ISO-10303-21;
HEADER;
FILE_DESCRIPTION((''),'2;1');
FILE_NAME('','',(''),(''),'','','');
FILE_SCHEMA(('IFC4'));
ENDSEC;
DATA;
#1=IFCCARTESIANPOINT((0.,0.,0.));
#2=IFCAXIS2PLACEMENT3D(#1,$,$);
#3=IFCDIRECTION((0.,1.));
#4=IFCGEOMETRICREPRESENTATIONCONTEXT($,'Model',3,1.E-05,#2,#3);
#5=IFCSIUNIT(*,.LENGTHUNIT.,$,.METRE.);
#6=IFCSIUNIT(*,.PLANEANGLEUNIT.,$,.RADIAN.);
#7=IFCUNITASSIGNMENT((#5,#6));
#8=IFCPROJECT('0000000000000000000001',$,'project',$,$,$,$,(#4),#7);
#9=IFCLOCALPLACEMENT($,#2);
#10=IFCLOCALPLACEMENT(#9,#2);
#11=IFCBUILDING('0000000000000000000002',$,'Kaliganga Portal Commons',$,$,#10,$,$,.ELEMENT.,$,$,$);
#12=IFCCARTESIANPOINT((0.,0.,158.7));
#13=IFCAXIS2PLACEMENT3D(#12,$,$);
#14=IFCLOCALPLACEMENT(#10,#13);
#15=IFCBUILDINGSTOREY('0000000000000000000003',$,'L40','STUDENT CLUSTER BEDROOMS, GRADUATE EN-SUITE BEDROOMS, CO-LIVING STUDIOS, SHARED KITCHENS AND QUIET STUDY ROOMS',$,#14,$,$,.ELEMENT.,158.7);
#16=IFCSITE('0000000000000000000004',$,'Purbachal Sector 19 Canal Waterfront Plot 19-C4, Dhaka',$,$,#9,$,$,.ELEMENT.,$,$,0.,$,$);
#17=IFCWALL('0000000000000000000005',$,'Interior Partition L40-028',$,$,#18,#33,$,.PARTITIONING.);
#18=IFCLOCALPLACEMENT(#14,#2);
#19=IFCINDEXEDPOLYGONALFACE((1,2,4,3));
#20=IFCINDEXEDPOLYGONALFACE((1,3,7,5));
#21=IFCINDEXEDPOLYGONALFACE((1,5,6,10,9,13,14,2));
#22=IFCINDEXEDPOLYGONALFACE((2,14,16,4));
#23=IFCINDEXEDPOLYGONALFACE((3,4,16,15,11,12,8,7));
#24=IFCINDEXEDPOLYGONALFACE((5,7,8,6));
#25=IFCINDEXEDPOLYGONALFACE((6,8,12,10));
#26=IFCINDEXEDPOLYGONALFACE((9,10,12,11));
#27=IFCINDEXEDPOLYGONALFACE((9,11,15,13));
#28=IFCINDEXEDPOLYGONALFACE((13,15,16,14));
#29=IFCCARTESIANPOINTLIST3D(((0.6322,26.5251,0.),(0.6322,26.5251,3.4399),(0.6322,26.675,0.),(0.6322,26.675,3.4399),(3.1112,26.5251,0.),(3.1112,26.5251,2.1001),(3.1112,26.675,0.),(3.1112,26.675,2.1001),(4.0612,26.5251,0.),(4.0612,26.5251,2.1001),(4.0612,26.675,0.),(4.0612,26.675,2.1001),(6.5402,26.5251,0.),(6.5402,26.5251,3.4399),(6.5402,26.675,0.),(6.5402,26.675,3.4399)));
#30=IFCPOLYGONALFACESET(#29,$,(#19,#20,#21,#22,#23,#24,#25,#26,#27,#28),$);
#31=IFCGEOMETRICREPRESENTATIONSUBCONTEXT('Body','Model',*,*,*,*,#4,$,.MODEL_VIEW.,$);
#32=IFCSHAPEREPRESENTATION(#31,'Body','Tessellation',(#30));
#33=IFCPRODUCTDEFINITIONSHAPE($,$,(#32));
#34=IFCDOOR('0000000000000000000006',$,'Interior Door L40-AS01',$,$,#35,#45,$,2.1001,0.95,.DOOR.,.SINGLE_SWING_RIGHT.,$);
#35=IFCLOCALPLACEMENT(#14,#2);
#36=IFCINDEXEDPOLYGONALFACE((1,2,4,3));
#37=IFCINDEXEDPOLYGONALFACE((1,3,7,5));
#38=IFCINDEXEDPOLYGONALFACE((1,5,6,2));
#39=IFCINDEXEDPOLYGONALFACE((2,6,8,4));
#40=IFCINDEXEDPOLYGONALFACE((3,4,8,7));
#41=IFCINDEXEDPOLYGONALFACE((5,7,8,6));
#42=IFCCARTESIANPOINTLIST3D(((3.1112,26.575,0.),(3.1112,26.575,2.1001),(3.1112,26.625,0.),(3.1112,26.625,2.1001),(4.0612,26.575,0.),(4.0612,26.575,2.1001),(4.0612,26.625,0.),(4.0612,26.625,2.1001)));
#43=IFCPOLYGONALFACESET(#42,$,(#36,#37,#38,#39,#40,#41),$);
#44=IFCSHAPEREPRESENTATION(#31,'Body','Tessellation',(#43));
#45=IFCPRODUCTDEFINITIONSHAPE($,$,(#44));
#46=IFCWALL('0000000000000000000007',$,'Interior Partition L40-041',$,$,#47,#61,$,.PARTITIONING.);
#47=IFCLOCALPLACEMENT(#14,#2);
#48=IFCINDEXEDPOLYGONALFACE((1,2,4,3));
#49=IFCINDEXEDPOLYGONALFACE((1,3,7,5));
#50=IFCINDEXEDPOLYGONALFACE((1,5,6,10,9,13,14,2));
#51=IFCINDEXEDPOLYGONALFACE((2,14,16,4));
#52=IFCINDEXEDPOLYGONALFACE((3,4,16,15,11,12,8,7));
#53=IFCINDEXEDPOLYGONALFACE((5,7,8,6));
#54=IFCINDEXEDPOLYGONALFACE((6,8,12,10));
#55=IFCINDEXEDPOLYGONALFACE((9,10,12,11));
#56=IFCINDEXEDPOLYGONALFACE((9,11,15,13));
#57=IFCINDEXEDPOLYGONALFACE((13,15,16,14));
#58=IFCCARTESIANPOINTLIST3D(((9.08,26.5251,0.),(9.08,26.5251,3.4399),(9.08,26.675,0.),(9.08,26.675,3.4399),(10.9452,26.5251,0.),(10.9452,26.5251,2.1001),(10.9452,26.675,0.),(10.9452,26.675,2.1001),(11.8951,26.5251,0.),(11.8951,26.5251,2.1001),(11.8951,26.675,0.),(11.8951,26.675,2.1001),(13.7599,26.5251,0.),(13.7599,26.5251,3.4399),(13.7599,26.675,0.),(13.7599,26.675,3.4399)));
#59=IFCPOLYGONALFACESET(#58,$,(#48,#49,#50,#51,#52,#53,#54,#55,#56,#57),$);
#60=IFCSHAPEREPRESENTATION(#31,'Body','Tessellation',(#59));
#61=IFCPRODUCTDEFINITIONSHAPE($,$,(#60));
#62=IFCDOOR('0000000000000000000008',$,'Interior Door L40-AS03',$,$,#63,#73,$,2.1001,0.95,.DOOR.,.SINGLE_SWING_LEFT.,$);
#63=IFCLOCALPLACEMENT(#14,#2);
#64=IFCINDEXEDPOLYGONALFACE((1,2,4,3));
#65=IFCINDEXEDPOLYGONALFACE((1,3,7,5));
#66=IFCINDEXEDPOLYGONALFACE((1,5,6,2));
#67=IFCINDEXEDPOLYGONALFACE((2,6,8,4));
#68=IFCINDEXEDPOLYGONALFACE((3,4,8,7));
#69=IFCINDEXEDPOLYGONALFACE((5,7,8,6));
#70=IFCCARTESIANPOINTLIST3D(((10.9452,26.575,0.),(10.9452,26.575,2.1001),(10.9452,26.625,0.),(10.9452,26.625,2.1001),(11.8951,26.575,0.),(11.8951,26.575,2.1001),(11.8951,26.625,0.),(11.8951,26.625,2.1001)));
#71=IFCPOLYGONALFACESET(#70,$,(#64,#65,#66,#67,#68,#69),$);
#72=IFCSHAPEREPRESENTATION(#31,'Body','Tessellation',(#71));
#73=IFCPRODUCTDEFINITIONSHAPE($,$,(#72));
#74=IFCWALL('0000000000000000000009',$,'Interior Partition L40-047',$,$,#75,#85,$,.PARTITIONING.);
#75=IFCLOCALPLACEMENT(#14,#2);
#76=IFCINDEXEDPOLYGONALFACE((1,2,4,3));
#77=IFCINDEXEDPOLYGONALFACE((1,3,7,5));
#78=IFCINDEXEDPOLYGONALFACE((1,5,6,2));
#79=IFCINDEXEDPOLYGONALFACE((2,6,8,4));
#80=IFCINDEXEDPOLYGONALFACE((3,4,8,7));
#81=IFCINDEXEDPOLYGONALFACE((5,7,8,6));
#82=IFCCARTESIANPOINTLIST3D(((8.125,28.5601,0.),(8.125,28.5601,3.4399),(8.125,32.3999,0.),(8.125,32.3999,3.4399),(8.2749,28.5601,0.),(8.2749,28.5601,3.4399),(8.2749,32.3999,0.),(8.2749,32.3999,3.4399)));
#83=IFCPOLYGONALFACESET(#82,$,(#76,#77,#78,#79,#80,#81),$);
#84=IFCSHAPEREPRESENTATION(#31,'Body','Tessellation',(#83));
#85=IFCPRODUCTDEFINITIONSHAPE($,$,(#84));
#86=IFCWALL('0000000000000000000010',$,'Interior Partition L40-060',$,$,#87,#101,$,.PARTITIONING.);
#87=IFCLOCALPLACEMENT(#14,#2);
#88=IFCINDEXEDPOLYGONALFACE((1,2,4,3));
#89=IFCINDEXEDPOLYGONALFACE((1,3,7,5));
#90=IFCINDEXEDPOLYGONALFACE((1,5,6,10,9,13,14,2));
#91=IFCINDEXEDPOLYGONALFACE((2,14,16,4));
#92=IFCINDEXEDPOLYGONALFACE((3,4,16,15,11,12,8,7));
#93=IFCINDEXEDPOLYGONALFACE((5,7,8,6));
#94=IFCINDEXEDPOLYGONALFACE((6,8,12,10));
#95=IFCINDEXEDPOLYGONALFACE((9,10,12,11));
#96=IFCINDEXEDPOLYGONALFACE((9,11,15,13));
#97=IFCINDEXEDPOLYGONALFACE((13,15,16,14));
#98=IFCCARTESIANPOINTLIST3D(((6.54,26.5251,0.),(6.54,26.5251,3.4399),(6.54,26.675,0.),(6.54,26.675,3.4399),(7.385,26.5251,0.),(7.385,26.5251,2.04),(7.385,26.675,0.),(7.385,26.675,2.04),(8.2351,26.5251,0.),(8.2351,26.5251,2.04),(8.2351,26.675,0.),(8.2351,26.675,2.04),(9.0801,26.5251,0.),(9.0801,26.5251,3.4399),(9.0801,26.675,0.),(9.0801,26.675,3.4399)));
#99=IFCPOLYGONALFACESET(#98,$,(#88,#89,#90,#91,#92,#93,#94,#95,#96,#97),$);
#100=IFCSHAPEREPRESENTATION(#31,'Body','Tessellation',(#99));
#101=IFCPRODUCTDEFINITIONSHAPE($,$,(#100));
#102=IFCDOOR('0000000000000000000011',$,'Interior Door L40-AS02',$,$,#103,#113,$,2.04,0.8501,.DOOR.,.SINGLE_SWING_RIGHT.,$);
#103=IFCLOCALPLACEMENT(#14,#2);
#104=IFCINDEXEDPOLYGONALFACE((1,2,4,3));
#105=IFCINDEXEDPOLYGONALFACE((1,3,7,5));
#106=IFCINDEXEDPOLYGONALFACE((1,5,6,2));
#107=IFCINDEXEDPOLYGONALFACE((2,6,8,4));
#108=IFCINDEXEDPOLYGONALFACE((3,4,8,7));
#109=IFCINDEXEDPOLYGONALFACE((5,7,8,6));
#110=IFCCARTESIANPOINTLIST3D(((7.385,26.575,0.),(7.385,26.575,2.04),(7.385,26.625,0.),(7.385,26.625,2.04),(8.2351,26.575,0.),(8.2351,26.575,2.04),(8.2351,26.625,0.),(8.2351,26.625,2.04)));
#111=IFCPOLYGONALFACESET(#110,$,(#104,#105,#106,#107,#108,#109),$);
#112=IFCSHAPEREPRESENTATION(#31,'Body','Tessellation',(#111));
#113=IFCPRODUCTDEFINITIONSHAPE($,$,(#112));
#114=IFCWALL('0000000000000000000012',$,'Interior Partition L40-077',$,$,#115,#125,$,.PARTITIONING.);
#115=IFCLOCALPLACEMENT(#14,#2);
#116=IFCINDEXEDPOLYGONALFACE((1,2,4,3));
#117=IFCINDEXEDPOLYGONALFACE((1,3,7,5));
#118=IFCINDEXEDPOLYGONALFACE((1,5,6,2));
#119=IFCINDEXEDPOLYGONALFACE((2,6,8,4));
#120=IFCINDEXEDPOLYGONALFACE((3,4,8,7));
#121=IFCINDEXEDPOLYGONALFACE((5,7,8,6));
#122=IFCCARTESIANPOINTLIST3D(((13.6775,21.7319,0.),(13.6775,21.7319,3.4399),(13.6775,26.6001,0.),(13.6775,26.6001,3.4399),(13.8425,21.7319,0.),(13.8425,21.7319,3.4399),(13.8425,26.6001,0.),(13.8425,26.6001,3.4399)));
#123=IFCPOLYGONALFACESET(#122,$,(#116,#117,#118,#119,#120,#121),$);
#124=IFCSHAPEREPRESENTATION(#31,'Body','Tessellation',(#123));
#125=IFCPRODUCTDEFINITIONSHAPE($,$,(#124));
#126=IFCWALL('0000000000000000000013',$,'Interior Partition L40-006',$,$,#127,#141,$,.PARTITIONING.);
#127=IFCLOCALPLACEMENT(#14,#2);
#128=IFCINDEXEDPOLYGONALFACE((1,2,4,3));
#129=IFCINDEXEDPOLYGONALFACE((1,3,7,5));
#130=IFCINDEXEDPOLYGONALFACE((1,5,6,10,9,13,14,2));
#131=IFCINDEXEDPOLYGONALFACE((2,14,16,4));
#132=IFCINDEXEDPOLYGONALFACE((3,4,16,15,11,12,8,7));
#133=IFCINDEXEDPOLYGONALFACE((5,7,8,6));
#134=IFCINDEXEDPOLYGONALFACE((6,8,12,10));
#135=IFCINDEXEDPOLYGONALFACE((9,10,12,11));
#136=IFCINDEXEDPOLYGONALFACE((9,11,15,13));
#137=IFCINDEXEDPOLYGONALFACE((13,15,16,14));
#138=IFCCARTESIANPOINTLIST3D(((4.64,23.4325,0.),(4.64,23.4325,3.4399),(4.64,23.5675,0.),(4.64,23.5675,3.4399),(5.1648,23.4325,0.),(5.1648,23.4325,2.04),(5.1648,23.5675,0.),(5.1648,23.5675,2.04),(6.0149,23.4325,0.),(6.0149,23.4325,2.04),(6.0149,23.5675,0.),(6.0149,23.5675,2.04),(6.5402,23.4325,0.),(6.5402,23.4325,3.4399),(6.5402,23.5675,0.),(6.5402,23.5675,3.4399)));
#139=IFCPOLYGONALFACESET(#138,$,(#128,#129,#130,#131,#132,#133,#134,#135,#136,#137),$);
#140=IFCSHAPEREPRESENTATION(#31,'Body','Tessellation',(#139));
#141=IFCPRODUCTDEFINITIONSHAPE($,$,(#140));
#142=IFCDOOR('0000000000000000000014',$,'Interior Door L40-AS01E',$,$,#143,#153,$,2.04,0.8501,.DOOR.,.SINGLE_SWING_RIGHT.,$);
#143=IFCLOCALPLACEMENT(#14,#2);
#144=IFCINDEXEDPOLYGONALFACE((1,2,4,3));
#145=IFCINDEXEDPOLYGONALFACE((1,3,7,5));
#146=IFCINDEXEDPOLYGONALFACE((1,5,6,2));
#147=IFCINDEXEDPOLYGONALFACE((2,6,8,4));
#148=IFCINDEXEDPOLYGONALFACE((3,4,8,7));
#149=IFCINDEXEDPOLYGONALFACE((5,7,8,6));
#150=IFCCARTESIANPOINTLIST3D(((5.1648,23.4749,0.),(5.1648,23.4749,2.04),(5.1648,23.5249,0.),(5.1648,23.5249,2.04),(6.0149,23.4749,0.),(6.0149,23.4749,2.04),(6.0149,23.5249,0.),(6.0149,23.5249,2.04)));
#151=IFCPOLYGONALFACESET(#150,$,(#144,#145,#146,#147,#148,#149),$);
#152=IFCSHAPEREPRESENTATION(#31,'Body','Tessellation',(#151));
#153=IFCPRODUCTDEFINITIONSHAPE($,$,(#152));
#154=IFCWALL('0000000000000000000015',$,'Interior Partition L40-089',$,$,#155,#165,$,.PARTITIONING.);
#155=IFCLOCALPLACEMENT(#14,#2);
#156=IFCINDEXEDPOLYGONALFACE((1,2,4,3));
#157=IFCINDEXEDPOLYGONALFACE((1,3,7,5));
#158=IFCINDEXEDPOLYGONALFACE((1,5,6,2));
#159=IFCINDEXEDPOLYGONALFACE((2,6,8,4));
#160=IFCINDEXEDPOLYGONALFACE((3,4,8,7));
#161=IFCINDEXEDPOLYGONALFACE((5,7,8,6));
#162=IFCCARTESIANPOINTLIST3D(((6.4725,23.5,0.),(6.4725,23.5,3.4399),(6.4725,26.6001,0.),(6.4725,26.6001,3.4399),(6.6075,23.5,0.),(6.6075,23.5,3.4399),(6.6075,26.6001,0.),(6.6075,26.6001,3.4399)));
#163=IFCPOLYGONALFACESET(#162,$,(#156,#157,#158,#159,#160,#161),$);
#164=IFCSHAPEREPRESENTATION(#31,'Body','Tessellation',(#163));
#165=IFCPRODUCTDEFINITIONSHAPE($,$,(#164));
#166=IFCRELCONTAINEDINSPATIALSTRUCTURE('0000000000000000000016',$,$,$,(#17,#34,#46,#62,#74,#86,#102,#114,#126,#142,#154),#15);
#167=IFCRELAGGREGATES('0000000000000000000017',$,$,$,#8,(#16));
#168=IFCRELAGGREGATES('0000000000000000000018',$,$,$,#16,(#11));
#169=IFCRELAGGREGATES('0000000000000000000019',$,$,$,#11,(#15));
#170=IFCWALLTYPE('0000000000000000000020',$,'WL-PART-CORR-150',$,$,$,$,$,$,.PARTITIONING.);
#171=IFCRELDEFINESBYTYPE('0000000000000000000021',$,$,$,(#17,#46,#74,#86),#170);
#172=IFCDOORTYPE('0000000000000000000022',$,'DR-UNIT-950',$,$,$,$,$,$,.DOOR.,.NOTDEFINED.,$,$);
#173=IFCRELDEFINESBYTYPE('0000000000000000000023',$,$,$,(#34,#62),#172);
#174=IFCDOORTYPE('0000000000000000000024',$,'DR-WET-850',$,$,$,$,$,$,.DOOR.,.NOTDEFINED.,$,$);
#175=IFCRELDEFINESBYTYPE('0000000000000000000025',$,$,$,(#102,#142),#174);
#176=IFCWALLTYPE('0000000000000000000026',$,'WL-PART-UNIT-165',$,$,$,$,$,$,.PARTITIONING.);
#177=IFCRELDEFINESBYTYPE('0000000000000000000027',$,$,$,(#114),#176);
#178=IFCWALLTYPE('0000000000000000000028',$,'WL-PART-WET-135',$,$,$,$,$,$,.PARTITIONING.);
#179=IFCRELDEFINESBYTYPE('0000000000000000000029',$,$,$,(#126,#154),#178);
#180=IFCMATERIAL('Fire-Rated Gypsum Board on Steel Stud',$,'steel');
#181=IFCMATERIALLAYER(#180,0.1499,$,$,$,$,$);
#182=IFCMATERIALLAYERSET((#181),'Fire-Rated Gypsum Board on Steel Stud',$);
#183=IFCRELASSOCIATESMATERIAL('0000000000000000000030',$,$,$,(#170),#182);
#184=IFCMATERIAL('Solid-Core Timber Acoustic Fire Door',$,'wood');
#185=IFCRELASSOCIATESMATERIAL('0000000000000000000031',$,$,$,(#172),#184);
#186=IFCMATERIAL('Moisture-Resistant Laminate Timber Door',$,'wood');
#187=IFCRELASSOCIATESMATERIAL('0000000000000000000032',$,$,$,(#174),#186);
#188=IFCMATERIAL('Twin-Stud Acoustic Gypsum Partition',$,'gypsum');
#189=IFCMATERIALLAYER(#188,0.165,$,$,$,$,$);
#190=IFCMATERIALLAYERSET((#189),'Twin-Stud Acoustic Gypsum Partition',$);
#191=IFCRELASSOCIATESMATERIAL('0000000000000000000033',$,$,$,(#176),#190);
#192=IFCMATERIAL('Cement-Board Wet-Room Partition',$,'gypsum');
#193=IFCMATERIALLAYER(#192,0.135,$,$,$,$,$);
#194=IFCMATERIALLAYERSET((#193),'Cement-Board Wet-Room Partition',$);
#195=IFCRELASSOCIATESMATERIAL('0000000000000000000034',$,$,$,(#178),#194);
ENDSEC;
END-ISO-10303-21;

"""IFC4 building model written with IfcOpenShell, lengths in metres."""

from ifc_helpers import new_model, si_unit, direction, frame, frame_2d, origin, place, context, subcontext, project, spatial, rectangle, extrude, material, layer, layer_set, type_object, element, fill, save


model = new_model("IFC4")

# Units and contexts
model_context = context("Model", 3, precision=1e-05, world=origin(), true_north=direction((0.0, 1.0)))
body_context = subcontext(model_context, "Body", "Model", "MODEL_VIEW")
ifc_project = project(units=[si_unit("LENGTHUNIT", "METRE"), si_unit("PLANEANGLEUNIT", "RADIAN")], contexts=[model_context])

# Site, building, storey
site_placement = place(None, origin())
site = spatial("IfcSite", under=ifc_project, at=site_placement, Name="Purbachal Sector 19 Canal Waterfront Plot 19-C4, Dhaka", CompositionType="ELEMENT", RefElevation=0.0)
building_placement = place(site_placement, origin())
building = spatial("IfcBuilding", under=site, at=building_placement, Name="Kaliganga Portal Commons", CompositionType="ELEMENT")
storey_placement = place(building_placement, frame((0.0, 0.0, 158.7)))
storey = spatial("IfcBuildingStorey", under=building, at=storey_placement, Name="L40", Description="STUDENT CLUSTER BEDROOMS, GRADUATE EN-SUITE BEDROOMS, CO-LIVING STUDIOS, SHARED KITCHENS AND QUIET STUDY ROOMS", CompositionType="ELEMENT", Elevation=158.7)

# Shared definitions
ifc_material_1 = material(Name="Fire-Rated Gypsum Board on Steel Stud", Category="steel")
ifc_layer_1 = layer(ifc_material_1, 0.1499)
ifc_layer_set_1 = layer_set([ifc_layer_1], Name="Fire-Rated Gypsum Board on Steel Stud")
wall_type_1 = type_object("IfcWallType", Name="WL-PART-CORR-150", PredefinedType="PARTITIONING", material=ifc_layer_set_1)

# Walls, openings, doors
wall_1_placement = place(storey_placement, frame((0.6321, 26.6001, 0.0), z_axis=(0.0, 0.0, 1.0), x_axis=(1.0, 0.0, 0.0)))
wall_1 = element("IfcWall", 1, at=wall_1_placement, inside=storey, type_object=wall_type_1, Name="Interior Partition L40-028", PredefinedType="PARTITIONING", context=body_context, shape_type="SweptSolid", body=[
    extrude(rectangle(XDim=5.908, YDim=0.1499, at=frame_2d((2.9541, 0.0))), origin(), (0.0, 0.0, 1.0), 3.4399),
])
opening_1_placement = place(wall_1_placement, frame((2.479, 0.0, 0.0)))
opening_1 = element("IfcOpeningElement", 2, at=opening_1_placement, cuts=wall_1, PredefinedType="OPENING", context=body_context, shape_type="SweptSolid", body=[
    extrude(rectangle(XDim=0.95, YDim=2.1001, at=frame_2d((0.4751, 1.05))), frame((0.0, 0.085, 0.0), z_axis=(0.0, -1.0, 0.0), x_axis=(1.0, 0.0, 0.0)), (0.0, 0.0, 1.0), 0.1699),
])
ifc_material_2 = material(Name="Solid-Core Timber Acoustic Fire Door", Category="wood")
door_type_1 = type_object("IfcDoorType", Name="DR-UNIT-950", OperationType="NOTDEFINED", PredefinedType="DOOR", material=ifc_material_2)
door_1_placement = place(opening_1_placement, origin())
door_1 = element("IfcDoor", 3, at=door_1_placement, inside=storey, type_object=door_type_1, Name="Interior Door L40-AS01", OperationType="SINGLE_SWING_RIGHT", OverallHeight=2.1001, OverallWidth=0.95, PredefinedType="DOOR", context=body_context, shape_type="SweptSolid", body=[
    extrude(rectangle(XDim=0.95, YDim=2.1001, at=frame_2d((0.4751, 1.05))), frame((0.0, 0.0249, 0.0), z_axis=(0.0, -1.0, 0.0), x_axis=(1.0, 0.0, 0.0)), (0.0, 0.0, 1.0), 0.05),
])
fill(opening_1, door_1)
wall_2_placement = place(storey_placement, frame((9.0801, 26.6001, 0.0), z_axis=(0.0, 0.0, 1.0), x_axis=(1.0, 0.0, 0.0)))
wall_2 = element("IfcWall", 4, at=wall_2_placement, inside=storey, type_object=wall_type_1, Name="Interior Partition L40-041", PredefinedType="PARTITIONING", context=body_context, shape_type="SweptSolid", body=[
    extrude(rectangle(XDim=4.6799, YDim=0.1499, at=frame_2d((2.3398, 0.0))), origin(), (0.0, 0.0, 1.0), 3.4399),
])
opening_2_placement = place(wall_2_placement, frame((1.865, 0.0, 0.0)))
opening_2 = element("IfcOpeningElement", 5, at=opening_2_placement, cuts=wall_2, PredefinedType="OPENING", context=body_context, shape_type="SweptSolid", body=[
    extrude(rectangle(XDim=0.95, YDim=2.1001, at=frame_2d((0.4751, 1.05))), frame((0.0, 0.085, 0.0), z_axis=(0.0, -1.0, 0.0), x_axis=(1.0, 0.0, 0.0)), (0.0, 0.0, 1.0), 0.1699),
])
door_2_placement = place(opening_2_placement, origin())
door_2 = element("IfcDoor", 6, at=door_2_placement, inside=storey, type_object=door_type_1, Name="Interior Door L40-AS03", OperationType="SINGLE_SWING_LEFT", OverallHeight=2.1001, OverallWidth=0.95, PredefinedType="DOOR", context=body_context, shape_type="SweptSolid", body=[
    extrude(rectangle(XDim=0.95, YDim=2.1001, at=frame_2d((0.4751, 1.05))), frame((0.0, 0.0249, 0.0), z_axis=(0.0, -1.0, 0.0), x_axis=(1.0, 0.0, 0.0)), (0.0, 0.0, 1.0), 0.05),
])
fill(opening_2, door_2)

# Wall
wall_3_placement = place(storey_placement, frame((8.2, 28.5601, 0.0), z_axis=(0.0, 0.0, 1.0), x_axis=(0.0, 1.0, 0.0)))
element("IfcWall", 7, at=wall_3_placement, inside=storey, type_object=wall_type_1, Name="Interior Partition L40-047", PredefinedType="PARTITIONING", context=body_context, shape_type="SweptSolid", body=[
    extrude(rectangle(XDim=3.8398, YDim=0.1499, at=frame_2d((1.9199, 0.0))), origin(), (0.0, 0.0, 1.0), 3.4399),
])

# Wall, opening, door
wall_4_placement = place(storey_placement, frame((6.54, 26.6001, 0.0), z_axis=(0.0, 0.0, 1.0), x_axis=(1.0, 0.0, 0.0)))
wall_4 = element("IfcWall", 8, at=wall_4_placement, inside=storey, type_object=wall_type_1, Name="Interior Partition L40-060", PredefinedType="PARTITIONING", context=body_context, shape_type="SweptSolid", body=[
    extrude(rectangle(XDim=2.54, YDim=0.1499, at=frame_2d((1.27, 0.0))), origin(), (0.0, 0.0, 1.0), 3.4399),
])
opening_3_placement = place(wall_4_placement, frame((0.845, 0.0, 0.0)))
opening_3 = element("IfcOpeningElement", 9, at=opening_3_placement, cuts=wall_4, PredefinedType="OPENING", context=body_context, shape_type="SweptSolid", body=[
    extrude(rectangle(XDim=0.8501, YDim=2.04, at=frame_2d((0.425, 1.02))), frame((0.0, 0.085, 0.0), z_axis=(0.0, -1.0, 0.0), x_axis=(1.0, 0.0, 0.0)), (0.0, 0.0, 1.0), 0.1699),
])
ifc_material_3 = material(Name="Moisture-Resistant Laminate Timber Door", Category="wood")
door_type_2 = type_object("IfcDoorType", Name="DR-WET-850", OperationType="NOTDEFINED", PredefinedType="DOOR", material=ifc_material_3)
door_3_placement = place(opening_3_placement, origin())
door_3 = element("IfcDoor", 10, at=door_3_placement, inside=storey, type_object=door_type_2, Name="Interior Door L40-AS02", OperationType="SINGLE_SWING_RIGHT", OverallHeight=2.04, OverallWidth=0.8501, PredefinedType="DOOR", context=body_context, shape_type="SweptSolid", body=[
    extrude(rectangle(XDim=0.8501, YDim=2.04, at=frame_2d((0.425, 1.02))), frame((0.0, 0.0249, 0.0), z_axis=(0.0, -1.0, 0.0), x_axis=(1.0, 0.0, 0.0)), (0.0, 0.0, 1.0), 0.05),
])
fill(opening_3, door_3)

# Wall
ifc_material_4 = material(Name="Twin-Stud Acoustic Gypsum Partition", Category="gypsum")
ifc_layer_2 = layer(ifc_material_4, 0.165)
ifc_layer_set_2 = layer_set([ifc_layer_2], Name="Twin-Stud Acoustic Gypsum Partition")
wall_type_2 = type_object("IfcWallType", Name="WL-PART-UNIT-165", PredefinedType="PARTITIONING", material=ifc_layer_set_2)
wall_5_placement = place(storey_placement, frame((13.76, 21.7319, 0.0), z_axis=(0.0, 0.0, 1.0), x_axis=(0.0, 1.0, 0.0)))
element("IfcWall", 11, at=wall_5_placement, inside=storey, type_object=wall_type_2, Name="Interior Partition L40-077", PredefinedType="PARTITIONING", context=body_context, shape_type="SweptSolid", body=[
    extrude(rectangle(XDim=4.8682, YDim=0.165, at=frame_2d((2.4341, 0.0))), origin(), (0.0, 0.0, 1.0), 3.4399),
])

# Wall, opening, door
ifc_material_5 = material(Name="Cement-Board Wet-Room Partition", Category="gypsum")
ifc_layer_3 = layer(ifc_material_5, 0.135)
ifc_layer_set_3 = layer_set([ifc_layer_3], Name="Cement-Board Wet-Room Partition")
wall_type_3 = type_object("IfcWallType", Name="WL-PART-WET-135", PredefinedType="PARTITIONING", material=ifc_layer_set_3)
wall_6_placement = place(storey_placement, frame((4.6399, 23.5, 0.0), z_axis=(0.0, 0.0, 1.0), x_axis=(1.0, 0.0, 0.0)))
wall_6 = element("IfcWall", 12, at=wall_6_placement, inside=storey, type_object=wall_type_3, Name="Interior Partition L40-006", PredefinedType="PARTITIONING", context=body_context, shape_type="SweptSolid", body=[
    extrude(rectangle(XDim=1.9001, YDim=0.135, at=frame_2d((0.9502, 0.0))), origin(), (0.0, 0.0, 1.0), 3.4399),
])
opening_4_placement = place(wall_6_placement, frame((0.5249, 0.0, 0.0)))
opening_4 = element("IfcOpeningElement", 13, at=opening_4_placement, cuts=wall_6, PredefinedType="OPENING", context=body_context, shape_type="SweptSolid", body=[
    extrude(rectangle(XDim=0.8501, YDim=2.04, at=frame_2d((0.425, 1.02))), frame((0.0, 0.0776, 0.0), z_axis=(0.0, -1.0, 0.0), x_axis=(1.0, 0.0, 0.0)), (0.0, 0.0, 1.0), 0.155),
])
door_4_placement = place(opening_4_placement, origin())
door_4 = element("IfcDoor", 14, at=door_4_placement, inside=storey, type_object=door_type_2, Name="Interior Door L40-AS01E", OperationType="SINGLE_SWING_RIGHT", OverallHeight=2.04, OverallWidth=0.8501, PredefinedType="DOOR", context=body_context, shape_type="SweptSolid", body=[
    extrude(rectangle(XDim=0.8501, YDim=2.04, at=frame_2d((0.425, 1.02))), frame((0.0, 0.0249, 0.0), z_axis=(0.0, -1.0, 0.0), x_axis=(1.0, 0.0, 0.0)), (0.0, 0.0, 1.0), 0.05),
])
fill(opening_4, door_4)

# Wall
wall_7_placement = place(storey_placement, frame((6.54, 23.5, 0.0), z_axis=(0.0, 0.0, 1.0), x_axis=(0.0, 1.0, 0.0)))
element("IfcWall", 15, at=wall_7_placement, inside=storey, type_object=wall_type_3, Name="Interior Partition L40-089", PredefinedType="PARTITIONING", context=body_context, shape_type="SweptSolid", body=[
    extrude(rectangle(XDim=3.1001, YDim=0.135, at=frame_2d((1.55, 0.0))), origin(), (0.0, 0.0, 1.0), 3.4399),
])

save(model, "model.ifc")
